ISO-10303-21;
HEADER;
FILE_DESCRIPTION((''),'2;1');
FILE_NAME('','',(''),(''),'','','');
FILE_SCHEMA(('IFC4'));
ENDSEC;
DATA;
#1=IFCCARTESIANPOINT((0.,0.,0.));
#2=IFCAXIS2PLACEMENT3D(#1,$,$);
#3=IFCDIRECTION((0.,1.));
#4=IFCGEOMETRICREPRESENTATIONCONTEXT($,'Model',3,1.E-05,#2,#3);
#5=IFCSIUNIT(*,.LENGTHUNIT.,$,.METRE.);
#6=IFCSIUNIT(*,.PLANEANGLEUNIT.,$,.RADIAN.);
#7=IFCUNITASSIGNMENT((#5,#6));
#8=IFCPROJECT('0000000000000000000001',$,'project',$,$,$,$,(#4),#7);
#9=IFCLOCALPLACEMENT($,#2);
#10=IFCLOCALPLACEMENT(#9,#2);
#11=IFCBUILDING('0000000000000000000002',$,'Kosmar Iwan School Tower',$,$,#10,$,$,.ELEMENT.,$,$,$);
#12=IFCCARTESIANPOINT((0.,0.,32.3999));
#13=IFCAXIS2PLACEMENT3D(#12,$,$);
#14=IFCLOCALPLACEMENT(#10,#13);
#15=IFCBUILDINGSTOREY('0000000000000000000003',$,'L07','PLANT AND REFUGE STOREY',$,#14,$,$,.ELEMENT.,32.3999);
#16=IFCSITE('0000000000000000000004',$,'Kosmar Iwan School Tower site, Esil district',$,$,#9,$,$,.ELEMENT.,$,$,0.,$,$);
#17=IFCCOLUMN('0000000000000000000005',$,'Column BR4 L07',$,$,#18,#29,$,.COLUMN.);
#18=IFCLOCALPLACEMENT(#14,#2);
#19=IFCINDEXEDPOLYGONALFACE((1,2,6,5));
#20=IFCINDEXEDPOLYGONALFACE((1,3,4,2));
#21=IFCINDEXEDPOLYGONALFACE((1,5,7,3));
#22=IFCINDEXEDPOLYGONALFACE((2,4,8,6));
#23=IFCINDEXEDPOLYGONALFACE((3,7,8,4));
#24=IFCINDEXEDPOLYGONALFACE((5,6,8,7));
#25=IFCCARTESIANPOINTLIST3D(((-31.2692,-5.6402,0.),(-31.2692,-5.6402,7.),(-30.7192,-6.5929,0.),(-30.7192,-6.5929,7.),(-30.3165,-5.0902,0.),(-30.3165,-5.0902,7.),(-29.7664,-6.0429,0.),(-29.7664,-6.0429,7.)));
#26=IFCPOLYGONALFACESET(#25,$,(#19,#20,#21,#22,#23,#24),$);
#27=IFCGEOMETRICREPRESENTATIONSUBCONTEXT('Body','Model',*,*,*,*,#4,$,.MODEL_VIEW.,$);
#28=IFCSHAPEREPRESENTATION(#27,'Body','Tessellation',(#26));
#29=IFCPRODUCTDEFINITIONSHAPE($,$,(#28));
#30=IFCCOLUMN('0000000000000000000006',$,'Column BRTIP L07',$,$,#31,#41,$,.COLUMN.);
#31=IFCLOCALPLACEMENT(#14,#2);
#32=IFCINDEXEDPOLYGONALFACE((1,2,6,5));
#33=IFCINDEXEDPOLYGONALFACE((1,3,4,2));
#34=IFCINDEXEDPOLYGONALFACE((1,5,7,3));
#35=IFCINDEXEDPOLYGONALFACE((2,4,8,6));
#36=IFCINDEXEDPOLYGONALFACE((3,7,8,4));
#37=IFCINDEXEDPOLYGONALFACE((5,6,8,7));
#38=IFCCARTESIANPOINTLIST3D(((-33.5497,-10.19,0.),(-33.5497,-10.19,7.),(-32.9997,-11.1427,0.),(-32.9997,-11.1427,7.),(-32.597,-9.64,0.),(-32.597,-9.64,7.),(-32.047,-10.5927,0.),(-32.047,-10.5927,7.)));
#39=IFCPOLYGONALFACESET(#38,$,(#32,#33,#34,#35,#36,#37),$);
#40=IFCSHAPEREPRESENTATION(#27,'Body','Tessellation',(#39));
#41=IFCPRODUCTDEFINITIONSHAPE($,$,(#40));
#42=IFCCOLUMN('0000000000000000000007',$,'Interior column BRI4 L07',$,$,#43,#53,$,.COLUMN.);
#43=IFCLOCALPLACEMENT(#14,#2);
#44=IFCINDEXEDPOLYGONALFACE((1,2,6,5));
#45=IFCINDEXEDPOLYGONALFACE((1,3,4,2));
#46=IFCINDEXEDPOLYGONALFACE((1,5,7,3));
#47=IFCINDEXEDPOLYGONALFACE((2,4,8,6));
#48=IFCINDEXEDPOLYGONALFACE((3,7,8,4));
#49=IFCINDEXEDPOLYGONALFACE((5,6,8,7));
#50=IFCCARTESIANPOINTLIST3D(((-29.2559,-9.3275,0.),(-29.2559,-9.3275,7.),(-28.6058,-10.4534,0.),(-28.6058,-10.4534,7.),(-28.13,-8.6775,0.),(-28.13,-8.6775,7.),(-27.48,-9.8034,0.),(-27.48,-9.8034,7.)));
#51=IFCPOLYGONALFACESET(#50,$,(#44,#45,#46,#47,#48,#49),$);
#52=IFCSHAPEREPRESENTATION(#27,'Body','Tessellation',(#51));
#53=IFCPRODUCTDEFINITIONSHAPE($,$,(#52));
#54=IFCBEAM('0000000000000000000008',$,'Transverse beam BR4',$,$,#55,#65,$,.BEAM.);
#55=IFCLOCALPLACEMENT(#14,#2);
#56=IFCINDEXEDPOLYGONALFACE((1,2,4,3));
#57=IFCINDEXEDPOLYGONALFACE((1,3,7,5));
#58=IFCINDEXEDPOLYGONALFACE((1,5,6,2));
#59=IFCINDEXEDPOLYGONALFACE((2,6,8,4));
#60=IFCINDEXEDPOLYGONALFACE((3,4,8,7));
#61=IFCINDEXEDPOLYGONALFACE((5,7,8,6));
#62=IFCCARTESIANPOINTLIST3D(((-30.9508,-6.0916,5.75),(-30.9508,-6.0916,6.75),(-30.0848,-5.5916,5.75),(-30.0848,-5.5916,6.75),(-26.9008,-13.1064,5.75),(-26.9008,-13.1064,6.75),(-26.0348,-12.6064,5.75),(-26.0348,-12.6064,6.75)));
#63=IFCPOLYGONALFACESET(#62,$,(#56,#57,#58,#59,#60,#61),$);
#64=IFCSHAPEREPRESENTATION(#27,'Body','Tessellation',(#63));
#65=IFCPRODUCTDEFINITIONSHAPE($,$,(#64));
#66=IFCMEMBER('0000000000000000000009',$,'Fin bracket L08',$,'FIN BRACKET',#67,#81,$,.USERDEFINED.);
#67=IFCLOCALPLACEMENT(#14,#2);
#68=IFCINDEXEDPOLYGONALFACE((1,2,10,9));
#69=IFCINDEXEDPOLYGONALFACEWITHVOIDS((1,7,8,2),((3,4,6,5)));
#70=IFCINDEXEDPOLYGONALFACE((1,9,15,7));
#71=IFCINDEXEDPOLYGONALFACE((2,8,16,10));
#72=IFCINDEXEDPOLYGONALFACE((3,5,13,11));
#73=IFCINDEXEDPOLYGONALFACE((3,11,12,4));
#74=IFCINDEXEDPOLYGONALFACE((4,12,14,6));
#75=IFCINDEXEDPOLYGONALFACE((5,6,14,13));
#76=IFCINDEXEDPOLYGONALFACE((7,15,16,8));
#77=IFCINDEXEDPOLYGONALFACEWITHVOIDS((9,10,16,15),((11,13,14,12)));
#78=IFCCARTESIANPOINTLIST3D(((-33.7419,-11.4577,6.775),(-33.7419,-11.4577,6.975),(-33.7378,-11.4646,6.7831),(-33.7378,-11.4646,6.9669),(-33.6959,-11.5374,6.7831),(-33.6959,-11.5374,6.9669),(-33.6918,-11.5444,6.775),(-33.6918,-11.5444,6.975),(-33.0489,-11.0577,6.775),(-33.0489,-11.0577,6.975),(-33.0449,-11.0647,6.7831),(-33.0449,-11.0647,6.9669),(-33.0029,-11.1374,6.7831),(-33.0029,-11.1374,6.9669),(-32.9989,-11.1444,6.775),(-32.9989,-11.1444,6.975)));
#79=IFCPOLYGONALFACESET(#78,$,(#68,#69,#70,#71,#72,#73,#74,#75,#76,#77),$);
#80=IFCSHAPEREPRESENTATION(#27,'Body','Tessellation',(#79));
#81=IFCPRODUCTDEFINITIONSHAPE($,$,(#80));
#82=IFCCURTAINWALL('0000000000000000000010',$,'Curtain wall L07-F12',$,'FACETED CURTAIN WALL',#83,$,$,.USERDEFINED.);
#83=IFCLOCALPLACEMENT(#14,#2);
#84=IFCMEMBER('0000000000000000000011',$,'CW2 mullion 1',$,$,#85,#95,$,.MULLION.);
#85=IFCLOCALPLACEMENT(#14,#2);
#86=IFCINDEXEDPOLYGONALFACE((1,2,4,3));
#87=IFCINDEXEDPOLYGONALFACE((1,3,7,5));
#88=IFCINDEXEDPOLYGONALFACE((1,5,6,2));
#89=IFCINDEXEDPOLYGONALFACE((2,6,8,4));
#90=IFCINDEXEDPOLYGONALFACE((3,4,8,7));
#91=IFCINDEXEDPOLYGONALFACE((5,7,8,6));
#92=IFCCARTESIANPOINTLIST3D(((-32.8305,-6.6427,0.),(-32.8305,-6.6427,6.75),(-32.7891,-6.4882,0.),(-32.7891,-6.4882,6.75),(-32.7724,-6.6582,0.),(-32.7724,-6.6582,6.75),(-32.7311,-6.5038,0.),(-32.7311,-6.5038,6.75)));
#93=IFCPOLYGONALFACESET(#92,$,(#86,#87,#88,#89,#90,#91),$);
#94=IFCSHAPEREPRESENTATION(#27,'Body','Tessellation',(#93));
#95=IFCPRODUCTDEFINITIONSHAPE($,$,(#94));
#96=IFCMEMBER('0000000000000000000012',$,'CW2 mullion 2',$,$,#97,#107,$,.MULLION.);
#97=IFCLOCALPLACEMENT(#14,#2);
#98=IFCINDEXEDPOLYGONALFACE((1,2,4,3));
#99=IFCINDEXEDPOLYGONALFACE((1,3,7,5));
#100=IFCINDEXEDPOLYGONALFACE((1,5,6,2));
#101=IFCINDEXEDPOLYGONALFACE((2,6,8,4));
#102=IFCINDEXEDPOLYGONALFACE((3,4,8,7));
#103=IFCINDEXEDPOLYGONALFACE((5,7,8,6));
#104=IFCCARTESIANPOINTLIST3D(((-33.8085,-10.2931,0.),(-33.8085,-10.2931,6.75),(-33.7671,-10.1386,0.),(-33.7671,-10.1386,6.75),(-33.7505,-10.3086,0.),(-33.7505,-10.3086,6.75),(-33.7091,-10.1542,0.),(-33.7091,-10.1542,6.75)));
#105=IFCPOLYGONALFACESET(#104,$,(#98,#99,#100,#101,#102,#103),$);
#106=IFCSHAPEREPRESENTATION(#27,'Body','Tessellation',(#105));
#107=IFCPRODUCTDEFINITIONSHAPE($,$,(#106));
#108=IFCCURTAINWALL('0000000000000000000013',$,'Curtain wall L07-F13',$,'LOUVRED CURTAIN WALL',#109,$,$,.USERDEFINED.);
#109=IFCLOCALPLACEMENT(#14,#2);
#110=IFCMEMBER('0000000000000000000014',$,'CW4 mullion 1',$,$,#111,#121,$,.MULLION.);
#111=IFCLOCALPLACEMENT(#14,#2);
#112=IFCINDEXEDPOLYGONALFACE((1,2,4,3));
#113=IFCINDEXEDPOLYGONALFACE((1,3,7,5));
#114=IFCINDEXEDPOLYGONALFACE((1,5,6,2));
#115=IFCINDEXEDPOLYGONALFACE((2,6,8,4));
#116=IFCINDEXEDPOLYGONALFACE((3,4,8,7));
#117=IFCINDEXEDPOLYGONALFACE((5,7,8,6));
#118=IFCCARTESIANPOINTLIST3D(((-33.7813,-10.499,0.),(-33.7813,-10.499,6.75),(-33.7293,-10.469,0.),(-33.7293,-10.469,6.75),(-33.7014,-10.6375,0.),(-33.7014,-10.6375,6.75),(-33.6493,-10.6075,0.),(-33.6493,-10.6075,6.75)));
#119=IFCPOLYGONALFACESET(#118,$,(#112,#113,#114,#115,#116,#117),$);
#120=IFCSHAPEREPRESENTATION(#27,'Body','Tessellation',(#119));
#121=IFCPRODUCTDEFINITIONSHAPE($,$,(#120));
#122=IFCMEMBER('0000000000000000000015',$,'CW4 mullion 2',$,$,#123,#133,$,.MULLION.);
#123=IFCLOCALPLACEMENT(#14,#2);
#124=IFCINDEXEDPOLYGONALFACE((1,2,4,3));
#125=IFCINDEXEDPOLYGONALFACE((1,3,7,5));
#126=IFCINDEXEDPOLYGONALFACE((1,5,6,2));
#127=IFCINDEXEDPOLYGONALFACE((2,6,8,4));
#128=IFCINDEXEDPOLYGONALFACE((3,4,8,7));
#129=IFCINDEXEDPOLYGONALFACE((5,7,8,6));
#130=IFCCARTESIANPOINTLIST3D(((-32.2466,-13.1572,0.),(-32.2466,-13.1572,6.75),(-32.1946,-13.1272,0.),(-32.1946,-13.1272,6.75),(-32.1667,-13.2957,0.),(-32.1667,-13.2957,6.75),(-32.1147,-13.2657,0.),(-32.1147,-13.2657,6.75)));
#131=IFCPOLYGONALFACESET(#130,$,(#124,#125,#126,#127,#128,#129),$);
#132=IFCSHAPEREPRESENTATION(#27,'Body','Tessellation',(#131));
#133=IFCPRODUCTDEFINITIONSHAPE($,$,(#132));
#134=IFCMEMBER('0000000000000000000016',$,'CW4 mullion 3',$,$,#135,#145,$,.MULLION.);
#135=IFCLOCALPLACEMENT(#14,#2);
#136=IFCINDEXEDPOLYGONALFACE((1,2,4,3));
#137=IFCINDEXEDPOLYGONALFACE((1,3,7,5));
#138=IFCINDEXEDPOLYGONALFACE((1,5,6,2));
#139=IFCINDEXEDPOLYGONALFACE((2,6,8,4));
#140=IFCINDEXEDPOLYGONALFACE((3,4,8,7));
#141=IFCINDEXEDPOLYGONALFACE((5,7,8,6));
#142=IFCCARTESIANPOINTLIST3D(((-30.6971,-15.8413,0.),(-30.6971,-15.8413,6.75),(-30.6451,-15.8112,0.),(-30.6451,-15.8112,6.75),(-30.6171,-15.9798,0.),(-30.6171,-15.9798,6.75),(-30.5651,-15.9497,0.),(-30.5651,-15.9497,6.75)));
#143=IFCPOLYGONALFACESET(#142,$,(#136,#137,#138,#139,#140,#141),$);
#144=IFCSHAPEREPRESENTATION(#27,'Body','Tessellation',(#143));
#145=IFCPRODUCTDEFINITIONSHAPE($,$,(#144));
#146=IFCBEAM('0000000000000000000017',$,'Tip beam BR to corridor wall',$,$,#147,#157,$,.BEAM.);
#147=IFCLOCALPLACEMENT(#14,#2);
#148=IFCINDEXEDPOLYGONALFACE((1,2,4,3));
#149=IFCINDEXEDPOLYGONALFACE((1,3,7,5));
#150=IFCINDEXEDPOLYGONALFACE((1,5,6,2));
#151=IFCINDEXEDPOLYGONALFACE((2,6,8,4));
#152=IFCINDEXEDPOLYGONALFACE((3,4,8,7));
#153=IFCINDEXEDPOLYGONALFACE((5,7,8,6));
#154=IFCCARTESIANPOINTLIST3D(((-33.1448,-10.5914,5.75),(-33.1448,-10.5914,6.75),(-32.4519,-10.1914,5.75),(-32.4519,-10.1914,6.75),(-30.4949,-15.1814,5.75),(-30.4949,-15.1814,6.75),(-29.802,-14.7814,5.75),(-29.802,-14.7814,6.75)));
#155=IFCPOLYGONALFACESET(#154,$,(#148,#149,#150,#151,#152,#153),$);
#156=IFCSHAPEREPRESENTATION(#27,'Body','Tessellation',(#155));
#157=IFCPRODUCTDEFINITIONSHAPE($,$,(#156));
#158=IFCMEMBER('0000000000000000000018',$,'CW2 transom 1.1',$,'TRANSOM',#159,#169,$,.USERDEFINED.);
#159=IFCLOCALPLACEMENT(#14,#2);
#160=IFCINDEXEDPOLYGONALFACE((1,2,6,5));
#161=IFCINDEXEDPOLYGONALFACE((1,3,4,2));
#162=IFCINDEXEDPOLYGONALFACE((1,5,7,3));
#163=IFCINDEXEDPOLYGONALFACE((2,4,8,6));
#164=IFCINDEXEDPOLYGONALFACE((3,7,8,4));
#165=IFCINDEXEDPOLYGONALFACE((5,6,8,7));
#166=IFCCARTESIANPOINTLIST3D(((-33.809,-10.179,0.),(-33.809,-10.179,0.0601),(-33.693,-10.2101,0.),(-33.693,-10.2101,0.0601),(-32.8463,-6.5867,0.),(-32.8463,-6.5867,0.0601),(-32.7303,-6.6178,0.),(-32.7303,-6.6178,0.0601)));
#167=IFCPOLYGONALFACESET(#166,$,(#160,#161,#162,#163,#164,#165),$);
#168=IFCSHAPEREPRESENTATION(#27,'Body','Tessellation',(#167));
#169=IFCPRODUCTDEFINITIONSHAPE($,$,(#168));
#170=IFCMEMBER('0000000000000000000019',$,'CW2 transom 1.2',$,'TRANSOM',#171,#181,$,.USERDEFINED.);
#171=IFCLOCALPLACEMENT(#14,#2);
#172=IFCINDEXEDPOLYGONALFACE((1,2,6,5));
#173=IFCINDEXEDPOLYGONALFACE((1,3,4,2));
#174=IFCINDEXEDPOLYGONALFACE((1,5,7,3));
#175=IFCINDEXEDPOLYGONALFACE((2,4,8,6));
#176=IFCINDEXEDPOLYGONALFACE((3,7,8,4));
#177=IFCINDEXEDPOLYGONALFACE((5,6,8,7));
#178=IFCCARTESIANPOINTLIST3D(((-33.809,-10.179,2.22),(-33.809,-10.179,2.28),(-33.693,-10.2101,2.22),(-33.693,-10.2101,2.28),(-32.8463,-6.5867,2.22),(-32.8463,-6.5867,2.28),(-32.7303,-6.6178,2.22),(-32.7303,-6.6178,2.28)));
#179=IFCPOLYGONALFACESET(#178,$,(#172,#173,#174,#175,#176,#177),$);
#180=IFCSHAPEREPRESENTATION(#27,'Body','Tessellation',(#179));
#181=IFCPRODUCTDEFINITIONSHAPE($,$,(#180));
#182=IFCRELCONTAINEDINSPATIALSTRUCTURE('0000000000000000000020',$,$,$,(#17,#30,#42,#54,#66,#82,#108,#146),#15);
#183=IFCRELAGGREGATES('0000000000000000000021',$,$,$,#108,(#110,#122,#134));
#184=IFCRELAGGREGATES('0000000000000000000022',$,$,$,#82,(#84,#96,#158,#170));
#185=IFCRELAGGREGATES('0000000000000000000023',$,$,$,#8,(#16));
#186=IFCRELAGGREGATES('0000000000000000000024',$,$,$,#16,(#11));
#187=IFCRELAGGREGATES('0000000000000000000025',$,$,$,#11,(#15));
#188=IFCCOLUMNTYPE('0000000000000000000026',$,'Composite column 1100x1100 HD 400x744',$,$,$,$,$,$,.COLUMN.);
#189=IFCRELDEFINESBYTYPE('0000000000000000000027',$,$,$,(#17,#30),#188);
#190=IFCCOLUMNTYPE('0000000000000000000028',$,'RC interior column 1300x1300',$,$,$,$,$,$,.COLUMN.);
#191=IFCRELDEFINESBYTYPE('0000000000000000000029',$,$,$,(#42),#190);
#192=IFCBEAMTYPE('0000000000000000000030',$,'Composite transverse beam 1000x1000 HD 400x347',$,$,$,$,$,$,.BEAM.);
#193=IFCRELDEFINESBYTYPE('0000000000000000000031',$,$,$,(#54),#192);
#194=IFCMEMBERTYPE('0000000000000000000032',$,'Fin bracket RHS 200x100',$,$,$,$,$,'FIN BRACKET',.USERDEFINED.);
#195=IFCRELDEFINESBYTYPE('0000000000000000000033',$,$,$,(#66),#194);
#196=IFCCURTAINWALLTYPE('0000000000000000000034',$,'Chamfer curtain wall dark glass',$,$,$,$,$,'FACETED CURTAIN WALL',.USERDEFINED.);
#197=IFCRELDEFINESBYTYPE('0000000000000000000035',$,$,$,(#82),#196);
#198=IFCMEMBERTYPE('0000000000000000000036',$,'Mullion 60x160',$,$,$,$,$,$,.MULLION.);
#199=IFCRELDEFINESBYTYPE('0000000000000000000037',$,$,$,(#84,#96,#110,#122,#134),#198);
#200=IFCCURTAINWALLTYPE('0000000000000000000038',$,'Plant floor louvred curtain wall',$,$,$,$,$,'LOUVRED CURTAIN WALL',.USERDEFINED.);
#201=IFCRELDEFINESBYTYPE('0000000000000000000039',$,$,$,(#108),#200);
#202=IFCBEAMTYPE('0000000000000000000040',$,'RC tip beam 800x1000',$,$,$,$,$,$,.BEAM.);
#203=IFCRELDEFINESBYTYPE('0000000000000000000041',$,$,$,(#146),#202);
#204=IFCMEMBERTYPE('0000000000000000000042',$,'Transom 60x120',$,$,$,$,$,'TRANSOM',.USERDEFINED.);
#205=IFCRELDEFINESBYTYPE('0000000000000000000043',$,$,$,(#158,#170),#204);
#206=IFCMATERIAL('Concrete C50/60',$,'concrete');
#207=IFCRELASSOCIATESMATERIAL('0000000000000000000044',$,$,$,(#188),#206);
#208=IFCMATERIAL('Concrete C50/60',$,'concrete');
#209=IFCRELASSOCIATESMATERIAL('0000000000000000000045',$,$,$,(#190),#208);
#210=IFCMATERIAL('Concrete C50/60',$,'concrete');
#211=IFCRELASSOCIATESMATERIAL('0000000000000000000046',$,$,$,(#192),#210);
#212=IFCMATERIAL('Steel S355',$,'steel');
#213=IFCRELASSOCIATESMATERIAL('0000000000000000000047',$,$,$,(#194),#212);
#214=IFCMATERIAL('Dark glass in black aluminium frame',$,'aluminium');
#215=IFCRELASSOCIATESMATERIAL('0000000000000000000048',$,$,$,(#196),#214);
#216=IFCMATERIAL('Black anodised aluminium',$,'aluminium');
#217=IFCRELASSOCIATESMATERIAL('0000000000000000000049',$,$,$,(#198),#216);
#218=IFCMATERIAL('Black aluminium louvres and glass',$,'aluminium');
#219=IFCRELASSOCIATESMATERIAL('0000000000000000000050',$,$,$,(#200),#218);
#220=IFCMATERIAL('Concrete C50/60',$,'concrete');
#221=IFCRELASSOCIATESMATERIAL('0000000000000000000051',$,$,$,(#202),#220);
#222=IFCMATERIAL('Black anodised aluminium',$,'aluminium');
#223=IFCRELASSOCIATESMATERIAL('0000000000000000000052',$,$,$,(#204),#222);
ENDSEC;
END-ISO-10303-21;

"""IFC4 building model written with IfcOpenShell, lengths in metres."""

from ifc_helpers import new_model, si_unit, direction, frame, origin, origin_2d, place, context, subcontext, project, spatial, rectangle, hollow_rectangle, extrude, material, material_profile, profile_set, type_object, element, aggregate, save


model = new_model("IFC4")

# Units and contexts
model_context = context("Model", 3, precision=1e-05, world=origin(), true_north=direction((0.0, 1.0)))
body_context = subcontext(model_context, "Body", "Model", "MODEL_VIEW")
ifc_project = project(units=[si_unit("LENGTHUNIT", "METRE"), si_unit("PLANEANGLEUNIT", "RADIAN")], contexts=[model_context])

# Site, building, storey
site_placement = place(None, origin())
site = spatial("IfcSite", under=ifc_project, at=site_placement, Name="Kosmar Iwan School Tower site, Esil district", CompositionType="ELEMENT", RefElevation=0.0)
building_placement = place(site_placement, origin())
building = spatial("IfcBuilding", under=site, at=building_placement, Name="Kosmar Iwan School Tower", CompositionType="ELEMENT")
storey_placement = place(building_placement, frame((0.0, 0.0, 32.3999)))
storey = spatial("IfcBuildingStorey", under=building, at=storey_placement, Name="L07", Description="PLANT AND REFUGE STOREY", CompositionType="ELEMENT", Elevation=32.3999)

# Columns
ifc_material_1 = material(Name="Concrete C50/60", Category="concrete")
ifc_material_profile_1 = material_profile(ifc_material_1, rectangle(XDim=1.1001, YDim=1.1001, at=origin_2d()), Name="RC 1100x1100 + HD 400x744")
ifc_profile_set_1 = profile_set([ifc_material_profile_1], Name="Concrete C50/60")
column_type_1 = type_object("IfcColumnType", Name="Composite column 1100x1100 HD 400x744", PredefinedType="COLUMN", material=ifc_profile_set_1)
for number, where, z_axis, x_axis, name in (
    (1, (-30.5178, -5.8416, 0.0), (0.0, 0.0, 1.0), (-0.866025, -0.5, 0.0), "Column BR4 L07"),
    (2, (-32.7983, -10.3914, 0.0), (0.0, 0.0, 1.0), (-0.866025, -0.5, 0.0), "Column BRTIP L07"),
):
    element("IfcColumn", number, at=place(storey_placement, frame(where, z_axis=z_axis, x_axis=x_axis)), inside=storey, type_object=column_type_1, Name=name, PredefinedType="COLUMN", context=body_context, shape_type="SweptSolid", body=[
        extrude(rectangle(XDim=1.1001, YDim=1.1001, at=origin_2d()), origin(), (0.0, 0.0, 1.0), 7.0),
    ])
ifc_material_2 = material(Name="Concrete C50/60", Category="concrete")
ifc_material_profile_2 = material_profile(ifc_material_2, rectangle(XDim=1.3, YDim=1.3, at=origin_2d()), Name="RC 1300x1300")
ifc_profile_set_2 = profile_set([ifc_material_profile_2], Name="Concrete C50/60")
column_type_2 = type_object("IfcColumnType", Name="RC interior column 1300x1300", PredefinedType="COLUMN", material=ifc_profile_set_2)
column_placement = place(storey_placement, frame((-28.3679, -9.5654, 0.0), z_axis=(0.0, 0.0, 1.0), x_axis=(-0.866025, -0.5, 0.0)))
element("IfcColumn", 3, at=column_placement, inside=storey, type_object=column_type_2, Name="Interior column BRI4 L07", PredefinedType="COLUMN", context=body_context, shape_type="SweptSolid", body=[
    extrude(rectangle(XDim=1.3, YDim=1.3, at=origin_2d()), origin(), (0.0, 0.0, 1.0), 7.0),
])

# Beam
ifc_material_3 = material(Name="Concrete C50/60", Category="concrete")
ifc_material_profile_3 = material_profile(ifc_material_3, rectangle(XDim=1.0, YDim=1.0, at=origin_2d()), Name="RC 1000x1000 + HD 400x347")
ifc_profile_set_3 = profile_set([ifc_material_profile_3], Name="Concrete C50/60")
beam_type_1 = type_object("IfcBeamType", Name="Composite transverse beam 1000x1000 HD 400x347", PredefinedType="BEAM", material=ifc_profile_set_3)
beam_1_placement = place(storey_placement, frame((-30.5178, -5.8416, 6.25), z_axis=(0.5, -0.866025, 0.0), x_axis=(0.866025, 0.5, 0.0)))
element("IfcBeam", 4, at=beam_1_placement, inside=storey, type_object=beam_type_1, Name="Transverse beam BR4", PredefinedType="BEAM", context=body_context, shape_type="SweptSolid", body=[
    extrude(rectangle(XDim=1.0, YDim=1.0, at=origin_2d()), origin(), (0.0, 0.0, 1.0), 8.1001),
])

# Member
ifc_material_4 = material(Name="Steel S355", Category="steel")
ifc_material_profile_4 = material_profile(ifc_material_4, hollow_rectangle(XDim=0.1001, YDim=0.2, WallThickness=0.0081, at=origin_2d()), Name="RHS 200x100x8")
ifc_profile_set_4 = profile_set([ifc_material_profile_4], Name="Steel S355")
member_type_1 = type_object("IfcMemberType", Name="Fin bracket RHS 200x100", ElementType="FIN BRACKET", PredefinedType="USERDEFINED", material=ifc_profile_set_4)
member_1_placement = place(storey_placement, frame((-33.0239, -11.1011, 6.875), z_axis=(-0.866094, -0.499881, 0.0), x_axis=(0.499881, -0.866094, 0.0)))
element("IfcMember", 5, at=member_1_placement, inside=storey, type_object=member_type_1, Name="Fin bracket L08", ObjectType="FIN BRACKET", PredefinedType="USERDEFINED", context=body_context, shape_type="SweptSolid", body=[
    extrude(hollow_rectangle(XDim=0.1001, YDim=0.2, WallThickness=0.0081, at=origin_2d()), origin(), (0.0, 0.0, 1.0), 0.8),
])

# Curtain walls, members
ifc_material_5 = material(Name="Dark glass in black aluminium frame", Category="aluminium")
curtain_wall_type_1 = type_object("IfcCurtainWallType", Name="Chamfer curtain wall dark glass", ElementType="FACETED CURTAIN WALL", PredefinedType="USERDEFINED", material=ifc_material_5)
curtain_wall_1_placement = place(storey_placement, origin())
curtain_wall_1 = element("IfcCurtainWall", 6, at=curtain_wall_1_placement, inside=storey, type_object=curtain_wall_type_1, Name="Curtain wall L07-F12", ObjectType="FACETED CURTAIN WALL", PredefinedType="USERDEFINED")
ifc_material_6 = material(Name="Black anodised aluminium", Category="aluminium")
ifc_material_profile_5 = material_profile(ifc_material_6, rectangle(XDim=0.0601, YDim=0.1599, at=origin_2d()), Name="MULLION 60x160")
ifc_profile_set_5 = profile_set([ifc_material_profile_5], Name="Black anodised aluminium")
member_type_2 = type_object("IfcMemberType", Name="Mullion 60x160", PredefinedType="MULLION", material=ifc_profile_set_5)
member_2_placement = place(storey_placement, frame((-32.7808, -6.5732, 0.0), z_axis=(0.0, 0.0, 1.0), x_axis=(0.965926, -0.258819, 0.0)))
member_2 = element("IfcMember", 7, at=member_2_placement, type_object=member_type_2, Name="CW2 mullion 1", PredefinedType="MULLION", context=body_context, shape_type="SweptSolid", body=[
    extrude(rectangle(XDim=0.0601, YDim=0.1599, at=origin_2d()), origin(), (0.0, 0.0, 1.0), 6.75),
])
member_3_placement = place(storey_placement, frame((-33.7588, -10.2236, 0.0), z_axis=(0.0, 0.0, 1.0), x_axis=(0.965926, -0.258819, 0.0)))
member_3 = element("IfcMember", 8, at=member_3_placement, type_object=member_type_2, Name="CW2 mullion 2", PredefinedType="MULLION", context=body_context, shape_type="SweptSolid", body=[
    extrude(rectangle(XDim=0.0601, YDim=0.1599, at=origin_2d()), origin(), (0.0, 0.0, 1.0), 6.75),
])
ifc_material_7 = material(Name="Black aluminium louvres and glass", Category="aluminium")
curtain_wall_type_2 = type_object("IfcCurtainWallType", Name="Plant floor louvred curtain wall", ElementType="LOUVRED CURTAIN WALL", PredefinedType="USERDEFINED", material=ifc_material_7)
curtain_wall_2_placement = place(storey_placement, origin())
curtain_wall_2 = element("IfcCurtainWall", 9, at=curtain_wall_2_placement, inside=storey, type_object=curtain_wall_type_2, Name="Curtain wall L07-F13", ObjectType="LOUVRED CURTAIN WALL", PredefinedType="USERDEFINED")
member_4_placement = place(storey_placement, frame((-33.7153, -10.5532, 0.0), z_axis=(0.0, 0.0, 1.0), x_axis=(0.866025, 0.5, 0.0)))
member_4 = element("IfcMember", 10, at=member_4_placement, type_object=member_type_2, Name="CW4 mullion 1", PredefinedType="MULLION", context=body_context, shape_type="SweptSolid", body=[
    extrude(rectangle(XDim=0.0601, YDim=0.1599, at=origin_2d()), origin(), (0.0, 0.0, 1.0), 6.75),
])
member_5_placement = place(storey_placement, frame((-32.1807, -13.2114, 0.0), z_axis=(0.0, 0.0, 1.0), x_axis=(0.866025, 0.5, 0.0)))
member_5 = element("IfcMember", 11, at=member_5_placement, type_object=member_type_2, Name="CW4 mullion 2", PredefinedType="MULLION", context=body_context, shape_type="SweptSolid", body=[
    extrude(rectangle(XDim=0.0601, YDim=0.1599, at=origin_2d()), origin(), (0.0, 0.0, 1.0), 6.75),
])
member_6_placement = place(storey_placement, frame((-30.6311, -15.8955, 0.0), z_axis=(0.0, 0.0, 1.0), x_axis=(0.866025, 0.5, 0.0)))
member_6 = element("IfcMember", 12, at=member_6_placement, type_object=member_type_2, Name="CW4 mullion 3", PredefinedType="MULLION", context=body_context, shape_type="SweptSolid", body=[
    extrude(rectangle(XDim=0.0601, YDim=0.1599, at=origin_2d()), origin(), (0.0, 0.0, 1.0), 6.75),
])

# Beam
ifc_material_8 = material(Name="Concrete C50/60", Category="concrete")
ifc_material_profile_6 = material_profile(ifc_material_8, rectangle(XDim=0.8, YDim=1.0, at=origin_2d()), Name="RC 800x1000")
ifc_profile_set_6 = profile_set([ifc_material_profile_6], Name="Concrete C50/60")
beam_type_2 = type_object("IfcBeamType", Name="RC tip beam 800x1000", PredefinedType="BEAM", material=ifc_profile_set_6)
beam_2_placement = place(storey_placement, frame((-32.7983, -10.3914, 6.25), z_axis=(0.499974, -0.866041, 0.0), x_axis=(0.866041, 0.499974, 0.0)))
element("IfcBeam", 13, at=beam_2_placement, inside=storey, type_object=beam_type_2, Name="Tip beam BR to corridor wall", PredefinedType="BEAM", context=body_context, shape_type="SweptSolid", body=[
    extrude(rectangle(XDim=0.8, YDim=1.0, at=origin_2d()), origin(), (0.0, 0.0, 1.0), 5.3),
])

# Members
ifc_material_9 = material(Name="Black anodised aluminium", Category="aluminium")
ifc_material_profile_7 = material_profile(ifc_material_9, rectangle(XDim=0.1201, YDim=0.0601, at=origin_2d()), Name="TRANSOM 60x120")
ifc_profile_set_7 = profile_set([ifc_material_profile_7], Name="Black anodised aluminium")
member_type_3 = type_object("IfcMemberType", Name="Transom 60x120", ElementType="TRANSOM", PredefinedType="USERDEFINED", material=ifc_profile_set_7)
member_7_placement = place(storey_placement, frame((-32.7883, -6.6023, 0.03), z_axis=(-0.258843, -0.965919, 0.0), x_axis=(0.965919, -0.258843, 0.0)))
member_7 = element("IfcMember", 14, at=member_7_placement, type_object=member_type_3, Name="CW2 transom 1.1", ObjectType="TRANSOM", PredefinedType="USERDEFINED", context=body_context, shape_type="SweptSolid", body=[
    extrude(rectangle(XDim=0.1201, YDim=0.0601, at=origin_2d()), origin(), (0.0, 0.0, 1.0), 3.719),
])
member_8_placement = place(storey_placement, frame((-32.7883, -6.6023, 2.25), z_axis=(-0.258843, -0.965919, 0.0), x_axis=(0.965919, -0.258843, 0.0)))
member_8 = element("IfcMember", 15, at=member_8_placement, type_object=member_type_3, Name="CW2 transom 1.2", ObjectType="TRANSOM", PredefinedType="USERDEFINED", context=body_context, shape_type="SweptSolid", body=[
    extrude(rectangle(XDim=0.1201, YDim=0.0601, at=origin_2d()), origin(), (0.0, 0.0, 1.0), 3.719),
])

aggregate(curtain_wall_2, [member_4, member_5, member_6])
aggregate(curtain_wall_1, [member_2, member_3, member_7, member_8])

save(model, "model.ifc")
